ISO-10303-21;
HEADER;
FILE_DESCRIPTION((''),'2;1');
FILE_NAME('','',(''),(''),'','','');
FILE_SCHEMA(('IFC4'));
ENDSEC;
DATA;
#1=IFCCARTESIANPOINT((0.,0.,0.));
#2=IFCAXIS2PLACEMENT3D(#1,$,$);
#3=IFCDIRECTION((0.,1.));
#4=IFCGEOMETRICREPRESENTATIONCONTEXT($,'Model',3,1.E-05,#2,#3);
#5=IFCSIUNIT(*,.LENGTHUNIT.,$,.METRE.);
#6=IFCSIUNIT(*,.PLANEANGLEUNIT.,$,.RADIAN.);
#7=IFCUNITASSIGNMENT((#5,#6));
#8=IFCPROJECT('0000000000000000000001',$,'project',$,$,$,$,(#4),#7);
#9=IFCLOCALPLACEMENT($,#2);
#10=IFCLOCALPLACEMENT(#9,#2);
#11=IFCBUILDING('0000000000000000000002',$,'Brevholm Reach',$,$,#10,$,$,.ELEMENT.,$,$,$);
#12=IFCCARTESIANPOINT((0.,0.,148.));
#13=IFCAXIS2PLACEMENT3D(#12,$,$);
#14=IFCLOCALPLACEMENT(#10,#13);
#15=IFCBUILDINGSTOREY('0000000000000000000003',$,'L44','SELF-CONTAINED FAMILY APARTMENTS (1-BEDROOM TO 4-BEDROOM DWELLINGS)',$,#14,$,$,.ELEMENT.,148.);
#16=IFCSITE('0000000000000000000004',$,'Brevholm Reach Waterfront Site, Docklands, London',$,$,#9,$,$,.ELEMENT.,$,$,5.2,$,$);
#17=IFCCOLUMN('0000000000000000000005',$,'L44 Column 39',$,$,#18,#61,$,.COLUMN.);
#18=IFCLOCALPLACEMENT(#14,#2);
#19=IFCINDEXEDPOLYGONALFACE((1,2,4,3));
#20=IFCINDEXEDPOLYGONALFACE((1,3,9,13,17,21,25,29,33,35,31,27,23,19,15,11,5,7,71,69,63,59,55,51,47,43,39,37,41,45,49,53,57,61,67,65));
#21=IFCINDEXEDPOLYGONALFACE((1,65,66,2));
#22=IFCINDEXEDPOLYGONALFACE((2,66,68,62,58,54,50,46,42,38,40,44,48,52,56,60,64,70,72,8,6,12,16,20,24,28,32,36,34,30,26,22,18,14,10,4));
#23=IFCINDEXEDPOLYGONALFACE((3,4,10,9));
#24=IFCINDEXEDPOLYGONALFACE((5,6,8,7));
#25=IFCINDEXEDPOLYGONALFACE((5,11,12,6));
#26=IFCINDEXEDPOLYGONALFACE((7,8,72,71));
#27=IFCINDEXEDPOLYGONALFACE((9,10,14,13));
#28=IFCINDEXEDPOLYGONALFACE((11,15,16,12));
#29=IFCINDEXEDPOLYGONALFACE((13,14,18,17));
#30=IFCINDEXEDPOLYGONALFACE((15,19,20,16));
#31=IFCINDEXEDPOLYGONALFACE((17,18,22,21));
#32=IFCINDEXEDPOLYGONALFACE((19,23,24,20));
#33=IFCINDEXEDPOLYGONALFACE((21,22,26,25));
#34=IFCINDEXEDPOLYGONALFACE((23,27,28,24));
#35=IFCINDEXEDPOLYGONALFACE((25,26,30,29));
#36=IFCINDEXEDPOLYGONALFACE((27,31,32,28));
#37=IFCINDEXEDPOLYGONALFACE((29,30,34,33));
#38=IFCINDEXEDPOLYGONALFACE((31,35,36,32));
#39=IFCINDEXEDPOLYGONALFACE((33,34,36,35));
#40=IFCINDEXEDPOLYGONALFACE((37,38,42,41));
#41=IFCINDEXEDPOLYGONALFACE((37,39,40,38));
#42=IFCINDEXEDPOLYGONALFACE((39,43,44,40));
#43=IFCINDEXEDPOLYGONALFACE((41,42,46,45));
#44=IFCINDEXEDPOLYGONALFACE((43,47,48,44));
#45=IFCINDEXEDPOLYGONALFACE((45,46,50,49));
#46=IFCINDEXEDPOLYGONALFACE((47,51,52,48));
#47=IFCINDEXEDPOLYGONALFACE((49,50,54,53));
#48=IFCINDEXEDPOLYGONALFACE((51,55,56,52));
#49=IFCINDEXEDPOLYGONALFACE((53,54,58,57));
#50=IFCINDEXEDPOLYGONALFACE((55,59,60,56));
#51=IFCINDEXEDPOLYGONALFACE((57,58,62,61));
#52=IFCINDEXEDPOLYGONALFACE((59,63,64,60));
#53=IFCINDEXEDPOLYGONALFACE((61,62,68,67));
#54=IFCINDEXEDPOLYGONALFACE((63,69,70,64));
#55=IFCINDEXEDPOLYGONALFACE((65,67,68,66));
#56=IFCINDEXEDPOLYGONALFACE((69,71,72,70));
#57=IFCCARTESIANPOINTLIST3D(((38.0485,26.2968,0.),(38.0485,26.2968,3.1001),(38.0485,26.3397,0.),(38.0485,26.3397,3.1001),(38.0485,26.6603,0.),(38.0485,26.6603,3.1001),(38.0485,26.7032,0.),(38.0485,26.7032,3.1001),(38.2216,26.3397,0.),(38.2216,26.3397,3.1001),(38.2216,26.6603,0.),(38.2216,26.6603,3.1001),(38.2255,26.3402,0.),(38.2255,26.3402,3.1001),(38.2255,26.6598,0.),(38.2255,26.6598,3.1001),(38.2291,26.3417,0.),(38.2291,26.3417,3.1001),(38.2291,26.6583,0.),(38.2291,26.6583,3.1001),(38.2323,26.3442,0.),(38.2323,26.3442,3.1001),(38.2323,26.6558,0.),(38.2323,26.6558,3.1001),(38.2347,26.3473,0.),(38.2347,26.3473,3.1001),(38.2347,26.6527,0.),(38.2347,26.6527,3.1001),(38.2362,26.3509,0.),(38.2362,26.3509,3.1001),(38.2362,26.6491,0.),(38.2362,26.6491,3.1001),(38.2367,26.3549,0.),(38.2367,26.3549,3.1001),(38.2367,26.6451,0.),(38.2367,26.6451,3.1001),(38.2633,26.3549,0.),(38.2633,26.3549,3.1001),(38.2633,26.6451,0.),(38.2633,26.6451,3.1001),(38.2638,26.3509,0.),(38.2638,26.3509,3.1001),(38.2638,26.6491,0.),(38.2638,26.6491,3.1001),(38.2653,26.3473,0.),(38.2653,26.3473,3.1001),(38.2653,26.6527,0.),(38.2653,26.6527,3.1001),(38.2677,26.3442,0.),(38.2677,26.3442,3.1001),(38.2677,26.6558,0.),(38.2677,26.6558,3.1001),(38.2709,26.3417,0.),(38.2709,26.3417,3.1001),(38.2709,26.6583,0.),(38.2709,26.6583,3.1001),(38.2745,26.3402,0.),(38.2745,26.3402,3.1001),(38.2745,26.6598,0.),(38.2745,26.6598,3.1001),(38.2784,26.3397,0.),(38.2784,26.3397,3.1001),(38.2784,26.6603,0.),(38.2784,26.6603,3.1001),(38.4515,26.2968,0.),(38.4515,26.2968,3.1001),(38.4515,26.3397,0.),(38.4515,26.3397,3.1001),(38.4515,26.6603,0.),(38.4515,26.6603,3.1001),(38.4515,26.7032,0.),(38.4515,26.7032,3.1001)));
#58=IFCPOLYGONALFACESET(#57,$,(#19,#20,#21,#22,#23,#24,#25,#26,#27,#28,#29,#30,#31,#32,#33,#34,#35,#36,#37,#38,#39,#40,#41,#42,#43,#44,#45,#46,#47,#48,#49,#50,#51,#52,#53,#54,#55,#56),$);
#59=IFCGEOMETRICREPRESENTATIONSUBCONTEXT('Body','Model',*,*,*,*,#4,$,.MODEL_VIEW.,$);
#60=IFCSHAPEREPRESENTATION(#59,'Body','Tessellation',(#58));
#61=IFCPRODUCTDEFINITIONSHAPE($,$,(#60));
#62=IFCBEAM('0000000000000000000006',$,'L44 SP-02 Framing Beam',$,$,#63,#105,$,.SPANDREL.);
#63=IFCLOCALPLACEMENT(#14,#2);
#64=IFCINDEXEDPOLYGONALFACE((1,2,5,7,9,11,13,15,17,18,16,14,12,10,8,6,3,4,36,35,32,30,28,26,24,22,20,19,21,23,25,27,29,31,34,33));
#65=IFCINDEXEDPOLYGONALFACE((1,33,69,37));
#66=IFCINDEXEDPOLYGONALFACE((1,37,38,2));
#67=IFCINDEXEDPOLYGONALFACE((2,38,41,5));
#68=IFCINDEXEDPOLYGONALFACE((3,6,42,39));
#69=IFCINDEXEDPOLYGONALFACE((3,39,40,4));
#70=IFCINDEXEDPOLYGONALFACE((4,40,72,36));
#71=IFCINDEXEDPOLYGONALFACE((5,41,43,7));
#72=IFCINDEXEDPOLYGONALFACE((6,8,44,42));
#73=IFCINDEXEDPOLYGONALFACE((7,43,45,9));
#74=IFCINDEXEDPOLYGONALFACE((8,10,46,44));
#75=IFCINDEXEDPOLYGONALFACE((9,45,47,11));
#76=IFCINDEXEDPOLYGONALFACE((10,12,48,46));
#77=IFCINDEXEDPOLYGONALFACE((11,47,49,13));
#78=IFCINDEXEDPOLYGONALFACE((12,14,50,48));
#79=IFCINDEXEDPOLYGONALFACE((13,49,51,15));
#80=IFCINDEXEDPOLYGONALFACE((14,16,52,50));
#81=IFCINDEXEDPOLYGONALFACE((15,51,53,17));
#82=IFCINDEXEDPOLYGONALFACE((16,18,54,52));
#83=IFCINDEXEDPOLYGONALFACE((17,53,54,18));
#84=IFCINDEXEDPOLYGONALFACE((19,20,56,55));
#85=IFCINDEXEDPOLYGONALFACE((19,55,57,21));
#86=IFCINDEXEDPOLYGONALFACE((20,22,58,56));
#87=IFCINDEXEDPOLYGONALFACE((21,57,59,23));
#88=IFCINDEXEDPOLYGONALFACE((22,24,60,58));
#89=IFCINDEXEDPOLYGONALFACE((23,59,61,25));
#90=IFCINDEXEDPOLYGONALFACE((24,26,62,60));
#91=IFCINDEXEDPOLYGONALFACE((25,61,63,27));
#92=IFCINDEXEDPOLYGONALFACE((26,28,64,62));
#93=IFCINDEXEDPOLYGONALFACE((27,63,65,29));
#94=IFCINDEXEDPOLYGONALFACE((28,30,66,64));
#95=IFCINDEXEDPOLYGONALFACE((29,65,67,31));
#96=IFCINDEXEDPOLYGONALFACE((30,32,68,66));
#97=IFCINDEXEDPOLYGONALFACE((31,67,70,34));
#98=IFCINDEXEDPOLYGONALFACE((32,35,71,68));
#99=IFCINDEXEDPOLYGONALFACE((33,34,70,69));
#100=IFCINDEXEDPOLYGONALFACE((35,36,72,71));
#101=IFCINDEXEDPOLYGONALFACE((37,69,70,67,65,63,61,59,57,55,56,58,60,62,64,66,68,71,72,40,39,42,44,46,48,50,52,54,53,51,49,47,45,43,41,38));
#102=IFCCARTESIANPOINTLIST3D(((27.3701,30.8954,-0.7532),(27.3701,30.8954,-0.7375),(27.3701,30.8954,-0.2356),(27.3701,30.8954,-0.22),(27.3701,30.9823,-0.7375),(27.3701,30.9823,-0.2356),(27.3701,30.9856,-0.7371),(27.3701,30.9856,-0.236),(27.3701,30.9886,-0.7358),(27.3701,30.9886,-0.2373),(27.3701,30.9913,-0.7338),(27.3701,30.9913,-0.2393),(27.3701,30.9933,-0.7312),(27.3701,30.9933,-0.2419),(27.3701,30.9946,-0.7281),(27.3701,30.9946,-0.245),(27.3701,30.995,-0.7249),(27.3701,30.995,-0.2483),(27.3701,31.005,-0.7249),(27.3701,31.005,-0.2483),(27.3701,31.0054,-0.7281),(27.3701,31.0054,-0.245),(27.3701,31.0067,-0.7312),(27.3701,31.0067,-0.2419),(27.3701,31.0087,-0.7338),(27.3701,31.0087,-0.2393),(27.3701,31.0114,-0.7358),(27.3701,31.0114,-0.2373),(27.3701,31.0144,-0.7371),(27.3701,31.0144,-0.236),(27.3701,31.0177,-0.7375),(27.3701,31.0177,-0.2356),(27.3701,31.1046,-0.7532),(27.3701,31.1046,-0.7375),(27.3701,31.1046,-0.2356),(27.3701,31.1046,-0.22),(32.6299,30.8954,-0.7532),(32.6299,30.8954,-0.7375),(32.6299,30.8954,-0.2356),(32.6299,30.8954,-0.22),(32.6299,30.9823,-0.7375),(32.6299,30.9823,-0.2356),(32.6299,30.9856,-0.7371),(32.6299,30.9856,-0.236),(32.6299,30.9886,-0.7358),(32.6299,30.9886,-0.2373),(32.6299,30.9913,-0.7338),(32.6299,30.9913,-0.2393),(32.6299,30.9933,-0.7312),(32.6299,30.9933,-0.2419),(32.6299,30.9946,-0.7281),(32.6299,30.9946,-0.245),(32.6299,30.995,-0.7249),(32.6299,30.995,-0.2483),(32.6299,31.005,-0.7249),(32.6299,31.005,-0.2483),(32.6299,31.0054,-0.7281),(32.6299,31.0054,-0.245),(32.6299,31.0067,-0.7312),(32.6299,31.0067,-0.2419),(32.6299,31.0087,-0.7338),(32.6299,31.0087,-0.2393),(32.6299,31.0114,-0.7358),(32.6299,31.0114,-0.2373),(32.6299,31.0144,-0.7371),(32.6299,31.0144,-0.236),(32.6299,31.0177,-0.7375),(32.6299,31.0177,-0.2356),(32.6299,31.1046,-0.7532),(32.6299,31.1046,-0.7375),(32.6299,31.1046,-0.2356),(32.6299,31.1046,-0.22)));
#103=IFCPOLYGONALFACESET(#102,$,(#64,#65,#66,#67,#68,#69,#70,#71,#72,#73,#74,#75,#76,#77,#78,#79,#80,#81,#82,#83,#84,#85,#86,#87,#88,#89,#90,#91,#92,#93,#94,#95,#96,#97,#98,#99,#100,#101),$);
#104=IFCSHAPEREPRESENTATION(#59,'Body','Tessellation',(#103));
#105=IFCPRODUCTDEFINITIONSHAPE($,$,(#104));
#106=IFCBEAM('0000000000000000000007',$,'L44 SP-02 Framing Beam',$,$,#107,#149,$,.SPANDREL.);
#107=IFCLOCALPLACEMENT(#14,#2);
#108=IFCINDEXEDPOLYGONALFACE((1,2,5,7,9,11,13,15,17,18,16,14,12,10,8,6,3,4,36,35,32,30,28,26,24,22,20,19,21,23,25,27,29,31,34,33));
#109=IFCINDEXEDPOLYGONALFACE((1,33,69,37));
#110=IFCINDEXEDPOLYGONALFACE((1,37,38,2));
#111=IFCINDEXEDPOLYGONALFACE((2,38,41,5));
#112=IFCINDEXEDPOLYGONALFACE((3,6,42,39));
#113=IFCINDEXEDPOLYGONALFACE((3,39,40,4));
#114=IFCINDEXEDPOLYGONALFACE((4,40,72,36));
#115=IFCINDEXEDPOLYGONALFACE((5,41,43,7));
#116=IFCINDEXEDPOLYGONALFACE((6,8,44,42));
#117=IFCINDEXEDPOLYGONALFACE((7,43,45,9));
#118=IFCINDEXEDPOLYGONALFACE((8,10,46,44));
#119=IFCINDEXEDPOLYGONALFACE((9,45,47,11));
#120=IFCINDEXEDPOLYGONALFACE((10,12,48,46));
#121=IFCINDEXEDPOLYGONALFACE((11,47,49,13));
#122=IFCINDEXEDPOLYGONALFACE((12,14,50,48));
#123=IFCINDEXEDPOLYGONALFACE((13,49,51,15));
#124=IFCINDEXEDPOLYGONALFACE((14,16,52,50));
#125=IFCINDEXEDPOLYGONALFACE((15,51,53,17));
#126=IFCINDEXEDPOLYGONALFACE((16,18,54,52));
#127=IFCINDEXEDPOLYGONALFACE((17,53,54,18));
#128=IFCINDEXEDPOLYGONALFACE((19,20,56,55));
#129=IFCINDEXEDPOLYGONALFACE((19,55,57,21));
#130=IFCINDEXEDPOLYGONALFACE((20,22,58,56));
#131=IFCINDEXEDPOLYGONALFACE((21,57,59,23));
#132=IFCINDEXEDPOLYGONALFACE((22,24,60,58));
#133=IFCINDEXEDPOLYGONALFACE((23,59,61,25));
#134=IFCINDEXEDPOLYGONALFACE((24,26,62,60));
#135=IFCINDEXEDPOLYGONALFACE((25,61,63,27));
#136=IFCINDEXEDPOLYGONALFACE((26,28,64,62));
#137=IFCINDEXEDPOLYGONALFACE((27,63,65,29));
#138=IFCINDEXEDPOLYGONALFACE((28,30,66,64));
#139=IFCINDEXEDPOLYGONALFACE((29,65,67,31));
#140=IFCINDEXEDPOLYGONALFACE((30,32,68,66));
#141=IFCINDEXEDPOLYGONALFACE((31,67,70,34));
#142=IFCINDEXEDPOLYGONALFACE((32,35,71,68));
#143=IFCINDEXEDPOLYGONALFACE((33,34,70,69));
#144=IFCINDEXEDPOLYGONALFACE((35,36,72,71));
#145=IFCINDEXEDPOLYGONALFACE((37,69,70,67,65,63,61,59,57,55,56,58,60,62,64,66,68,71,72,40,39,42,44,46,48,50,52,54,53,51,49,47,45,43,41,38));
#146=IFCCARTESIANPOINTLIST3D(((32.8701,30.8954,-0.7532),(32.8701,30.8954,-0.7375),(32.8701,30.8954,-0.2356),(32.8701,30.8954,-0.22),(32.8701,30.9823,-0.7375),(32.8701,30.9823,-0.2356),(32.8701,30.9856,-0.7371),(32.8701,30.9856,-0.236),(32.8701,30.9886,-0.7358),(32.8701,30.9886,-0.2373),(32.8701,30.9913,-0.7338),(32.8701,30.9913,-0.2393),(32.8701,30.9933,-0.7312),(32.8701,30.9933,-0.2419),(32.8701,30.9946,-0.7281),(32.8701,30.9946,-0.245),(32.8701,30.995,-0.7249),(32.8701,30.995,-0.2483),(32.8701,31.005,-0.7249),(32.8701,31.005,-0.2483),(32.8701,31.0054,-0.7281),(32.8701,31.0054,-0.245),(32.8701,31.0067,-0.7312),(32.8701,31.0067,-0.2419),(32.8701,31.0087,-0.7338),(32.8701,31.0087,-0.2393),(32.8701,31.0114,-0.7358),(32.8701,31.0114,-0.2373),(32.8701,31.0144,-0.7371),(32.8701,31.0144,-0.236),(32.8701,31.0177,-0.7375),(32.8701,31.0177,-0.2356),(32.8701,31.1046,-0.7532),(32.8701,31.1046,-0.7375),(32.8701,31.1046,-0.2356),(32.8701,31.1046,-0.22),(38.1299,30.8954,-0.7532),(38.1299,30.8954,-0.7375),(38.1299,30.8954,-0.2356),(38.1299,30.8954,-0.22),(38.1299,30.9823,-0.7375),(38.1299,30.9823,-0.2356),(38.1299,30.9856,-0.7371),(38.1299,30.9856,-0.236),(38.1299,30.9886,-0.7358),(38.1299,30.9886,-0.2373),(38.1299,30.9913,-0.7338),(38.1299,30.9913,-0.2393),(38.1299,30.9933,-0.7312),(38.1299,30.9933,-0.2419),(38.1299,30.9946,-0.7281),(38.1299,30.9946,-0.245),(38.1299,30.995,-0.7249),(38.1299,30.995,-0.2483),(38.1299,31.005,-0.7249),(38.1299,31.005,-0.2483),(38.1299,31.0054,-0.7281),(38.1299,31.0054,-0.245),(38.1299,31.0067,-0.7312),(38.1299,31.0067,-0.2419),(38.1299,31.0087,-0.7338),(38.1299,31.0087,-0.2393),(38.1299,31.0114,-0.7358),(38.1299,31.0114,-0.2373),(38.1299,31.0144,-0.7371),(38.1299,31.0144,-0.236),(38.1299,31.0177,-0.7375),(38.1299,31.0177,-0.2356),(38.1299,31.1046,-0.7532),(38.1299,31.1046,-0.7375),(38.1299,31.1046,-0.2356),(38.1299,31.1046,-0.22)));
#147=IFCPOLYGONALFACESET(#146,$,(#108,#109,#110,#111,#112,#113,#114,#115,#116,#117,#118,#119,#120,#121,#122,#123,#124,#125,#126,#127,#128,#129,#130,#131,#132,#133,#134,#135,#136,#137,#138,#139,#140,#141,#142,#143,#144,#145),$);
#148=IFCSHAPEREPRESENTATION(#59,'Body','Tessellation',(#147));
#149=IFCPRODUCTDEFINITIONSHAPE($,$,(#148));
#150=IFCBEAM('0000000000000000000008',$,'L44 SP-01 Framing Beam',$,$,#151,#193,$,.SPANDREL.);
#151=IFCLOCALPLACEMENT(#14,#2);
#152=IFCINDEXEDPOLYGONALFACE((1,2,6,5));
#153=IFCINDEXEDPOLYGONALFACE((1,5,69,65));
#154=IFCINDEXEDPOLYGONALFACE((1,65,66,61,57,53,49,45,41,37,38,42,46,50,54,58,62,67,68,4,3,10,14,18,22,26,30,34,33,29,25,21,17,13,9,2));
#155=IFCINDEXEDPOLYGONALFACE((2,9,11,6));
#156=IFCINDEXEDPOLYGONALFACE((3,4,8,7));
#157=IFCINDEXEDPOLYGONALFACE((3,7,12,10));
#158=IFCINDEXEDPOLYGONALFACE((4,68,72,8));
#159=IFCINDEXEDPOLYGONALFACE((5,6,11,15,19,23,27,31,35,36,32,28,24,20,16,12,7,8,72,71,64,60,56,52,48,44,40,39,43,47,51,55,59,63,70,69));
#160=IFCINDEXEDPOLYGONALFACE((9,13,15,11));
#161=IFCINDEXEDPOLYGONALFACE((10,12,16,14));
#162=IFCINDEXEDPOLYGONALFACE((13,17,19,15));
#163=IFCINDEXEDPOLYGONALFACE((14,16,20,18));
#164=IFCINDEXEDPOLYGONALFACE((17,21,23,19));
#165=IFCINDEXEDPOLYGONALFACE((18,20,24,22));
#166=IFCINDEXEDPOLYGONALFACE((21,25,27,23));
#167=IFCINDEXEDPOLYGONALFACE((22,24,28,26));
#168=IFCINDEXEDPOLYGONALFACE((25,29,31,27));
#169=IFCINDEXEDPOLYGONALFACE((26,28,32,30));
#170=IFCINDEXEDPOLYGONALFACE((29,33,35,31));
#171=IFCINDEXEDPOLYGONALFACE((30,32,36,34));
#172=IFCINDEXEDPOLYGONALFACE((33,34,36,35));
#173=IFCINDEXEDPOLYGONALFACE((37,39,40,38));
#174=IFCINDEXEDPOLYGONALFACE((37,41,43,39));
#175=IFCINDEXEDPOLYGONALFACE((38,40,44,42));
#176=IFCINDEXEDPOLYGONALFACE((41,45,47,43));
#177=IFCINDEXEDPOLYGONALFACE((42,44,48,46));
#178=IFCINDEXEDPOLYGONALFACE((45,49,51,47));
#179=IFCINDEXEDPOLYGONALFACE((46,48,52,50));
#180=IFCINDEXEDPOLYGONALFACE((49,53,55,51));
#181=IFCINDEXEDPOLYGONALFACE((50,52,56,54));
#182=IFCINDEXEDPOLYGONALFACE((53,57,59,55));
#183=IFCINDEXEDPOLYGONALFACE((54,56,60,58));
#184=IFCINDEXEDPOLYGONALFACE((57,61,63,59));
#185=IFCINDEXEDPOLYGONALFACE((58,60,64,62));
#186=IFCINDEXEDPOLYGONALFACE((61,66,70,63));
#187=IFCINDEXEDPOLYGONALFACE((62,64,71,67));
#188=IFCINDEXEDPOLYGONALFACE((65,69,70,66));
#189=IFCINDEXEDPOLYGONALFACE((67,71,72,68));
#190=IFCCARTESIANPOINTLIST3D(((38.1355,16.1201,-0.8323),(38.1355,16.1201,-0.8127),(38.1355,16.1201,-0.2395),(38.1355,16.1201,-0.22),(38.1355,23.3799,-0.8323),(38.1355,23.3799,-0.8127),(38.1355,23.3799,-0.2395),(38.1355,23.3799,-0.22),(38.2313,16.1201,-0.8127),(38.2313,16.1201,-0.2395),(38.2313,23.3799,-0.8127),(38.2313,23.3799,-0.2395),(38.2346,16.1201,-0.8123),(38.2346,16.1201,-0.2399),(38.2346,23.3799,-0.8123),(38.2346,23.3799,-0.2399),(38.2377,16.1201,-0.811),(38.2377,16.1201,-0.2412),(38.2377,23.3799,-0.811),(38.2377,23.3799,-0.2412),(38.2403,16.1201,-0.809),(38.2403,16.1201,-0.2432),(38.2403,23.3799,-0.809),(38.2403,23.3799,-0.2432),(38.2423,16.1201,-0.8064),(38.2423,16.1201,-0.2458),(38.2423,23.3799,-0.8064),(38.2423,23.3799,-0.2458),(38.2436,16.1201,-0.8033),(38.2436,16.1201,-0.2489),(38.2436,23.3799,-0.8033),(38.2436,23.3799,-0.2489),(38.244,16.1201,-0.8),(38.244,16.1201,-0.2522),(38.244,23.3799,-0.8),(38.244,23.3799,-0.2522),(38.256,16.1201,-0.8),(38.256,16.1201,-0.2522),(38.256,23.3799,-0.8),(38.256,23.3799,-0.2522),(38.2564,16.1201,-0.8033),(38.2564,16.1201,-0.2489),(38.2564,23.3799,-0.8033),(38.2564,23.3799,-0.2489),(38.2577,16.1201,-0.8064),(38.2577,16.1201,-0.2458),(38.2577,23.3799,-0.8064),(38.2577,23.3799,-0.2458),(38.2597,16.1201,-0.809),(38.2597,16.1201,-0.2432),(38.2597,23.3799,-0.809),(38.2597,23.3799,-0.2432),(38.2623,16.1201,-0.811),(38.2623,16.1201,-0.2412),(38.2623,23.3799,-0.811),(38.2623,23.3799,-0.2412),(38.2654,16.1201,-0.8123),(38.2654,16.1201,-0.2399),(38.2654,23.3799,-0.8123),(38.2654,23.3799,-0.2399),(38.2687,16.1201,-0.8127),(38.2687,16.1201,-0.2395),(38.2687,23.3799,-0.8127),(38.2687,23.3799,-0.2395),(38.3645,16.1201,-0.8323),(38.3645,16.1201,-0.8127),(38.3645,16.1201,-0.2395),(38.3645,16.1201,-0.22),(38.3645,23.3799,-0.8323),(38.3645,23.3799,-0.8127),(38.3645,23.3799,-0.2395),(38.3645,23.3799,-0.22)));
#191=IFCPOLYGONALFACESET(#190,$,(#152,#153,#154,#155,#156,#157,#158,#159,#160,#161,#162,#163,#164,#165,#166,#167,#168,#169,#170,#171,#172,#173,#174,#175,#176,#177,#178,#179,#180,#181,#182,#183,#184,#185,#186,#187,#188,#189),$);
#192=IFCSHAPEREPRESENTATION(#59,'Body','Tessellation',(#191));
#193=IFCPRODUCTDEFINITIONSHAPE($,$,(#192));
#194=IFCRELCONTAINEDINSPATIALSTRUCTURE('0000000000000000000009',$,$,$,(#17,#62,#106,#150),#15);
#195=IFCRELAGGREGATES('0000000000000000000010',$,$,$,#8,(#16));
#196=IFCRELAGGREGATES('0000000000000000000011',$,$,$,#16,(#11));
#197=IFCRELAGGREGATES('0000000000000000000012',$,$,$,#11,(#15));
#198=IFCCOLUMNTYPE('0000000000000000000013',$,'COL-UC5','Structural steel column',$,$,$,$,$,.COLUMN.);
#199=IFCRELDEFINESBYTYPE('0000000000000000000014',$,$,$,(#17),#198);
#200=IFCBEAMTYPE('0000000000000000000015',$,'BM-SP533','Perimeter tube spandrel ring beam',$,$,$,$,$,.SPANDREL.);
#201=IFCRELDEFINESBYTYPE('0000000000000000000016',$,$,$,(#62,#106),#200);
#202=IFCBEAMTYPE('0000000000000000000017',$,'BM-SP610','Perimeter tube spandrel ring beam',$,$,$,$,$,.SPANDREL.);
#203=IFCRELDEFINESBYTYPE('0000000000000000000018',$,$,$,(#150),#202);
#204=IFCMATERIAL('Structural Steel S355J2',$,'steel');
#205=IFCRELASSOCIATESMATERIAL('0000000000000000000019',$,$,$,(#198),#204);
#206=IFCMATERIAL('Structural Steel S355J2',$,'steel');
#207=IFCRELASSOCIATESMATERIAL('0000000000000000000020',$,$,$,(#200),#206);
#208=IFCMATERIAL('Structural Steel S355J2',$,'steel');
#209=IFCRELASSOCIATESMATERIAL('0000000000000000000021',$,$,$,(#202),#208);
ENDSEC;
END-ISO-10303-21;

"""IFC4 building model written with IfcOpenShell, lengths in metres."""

from ifc_helpers import new_model, si_unit, direction, frame, origin, origin_2d, place, context, subcontext, project, spatial, i_section, extrude, material, material_profile, profile_set, type_object, element, save


model = new_model("IFC4")

# Units and contexts
model_context = context("Model", 3, precision=1e-05, world=origin(), true_north=direction((0.0, 1.0)))
body_context = subcontext(model_context, "Body", "Model", "MODEL_VIEW")
ifc_project = project(units=[si_unit("LENGTHUNIT", "METRE"), si_unit("PLANEANGLEUNIT", "RADIAN")], contexts=[model_context])

# Site, building, storey
site_placement = place(None, origin())
site = spatial("IfcSite", under=ifc_project, at=site_placement, Name="Brevholm Reach Waterfront Site, Docklands, London", CompositionType="ELEMENT", RefElevation=5.2)
building_placement = place(site_placement, origin())
building = spatial("IfcBuilding", under=site, at=building_placement, Name="Brevholm Reach", CompositionType="ELEMENT")
storey_placement = place(building_placement, frame((0.0, 0.0, 148.0)))
storey = spatial("IfcBuildingStorey", under=building, at=storey_placement, Name="L44", Description="SELF-CONTAINED FAMILY APARTMENTS (1-BEDROOM TO 4-BEDROOM DWELLINGS)", CompositionType="ELEMENT", Elevation=148.0)

# Column
ifc_material_1 = material(Name="Structural Steel S355J2", Category="steel")
ifc_material_profile_1 = material_profile(ifc_material_1, i_section(OverallWidth=0.4031, OverallDepth=0.4065, WebThickness=0.0266, FlangeThickness=0.043, FilletRadius=0.0151, at=origin_2d()), Name="UKC 356x406x340")
ifc_profile_set_1 = profile_set([ifc_material_profile_1], Name="Structural Steel S355J2")
column_type_1 = type_object("IfcColumnType", Name="COL-UC5", Description="Structural steel column", PredefinedType="COLUMN", material=ifc_profile_set_1)
for number, where, z_axis, x_axis, name in (
    (1, (38.25, 26.5, 0.0), (0.0, 0.0, 1.0), (1.0, 0.0, 0.0), "L44 Column 39"),
):
    element("IfcColumn", number, at=place(storey_placement, frame(where, z_axis=z_axis, x_axis=x_axis)), inside=storey, type_object=column_type_1, Name=name, PredefinedType="COLUMN", context=body_context, shape_type="SweptSolid", body=[
        extrude(i_section(OverallWidth=0.4031, OverallDepth=0.4065, WebThickness=0.0266, FlangeThickness=0.043, FilletRadius=0.0151, at=origin_2d()), origin(), (0.0, 0.0, 1.0), 3.1001),
    ])

# Beams
ifc_material_2 = material(Name="Structural Steel S355J2", Category="steel")
ifc_material_profile_2 = material_profile(ifc_material_2, i_section(OverallWidth=0.2092, OverallDepth=0.5332, WebThickness=0.01, FlangeThickness=0.0156, FilletRadius=0.0127, at=origin_2d()), Name="UKB 533x210x92")
ifc_profile_set_2 = profile_set([ifc_material_profile_2], Name="Structural Steel S355J2")
beam_type_1 = type_object("IfcBeamType", Name="BM-SP533", Description="Perimeter tube spandrel ring beam", PredefinedType="SPANDREL", material=ifc_profile_set_2)
for number, where, z_axis, x_axis, name in (
    (2, (27.3701, 31.0, -0.4866), (1.0, 0.0, 0.0), (0.0, 1.0, 0.0), "L44 SP-02 Framing Beam"),
    (3, (32.8701, 31.0, -0.4866), (1.0, 0.0, 0.0), (0.0, 1.0, 0.0), "L44 SP-02 Framing Beam"),
):
    element("IfcBeam", number, at=place(storey_placement, frame(where, z_axis=z_axis, x_axis=x_axis)), inside=storey, type_object=beam_type_1, Name=name, PredefinedType="SPANDREL", context=body_context, shape_type="SweptSolid", body=[
        extrude(i_section(OverallWidth=0.2092, OverallDepth=0.5332, WebThickness=0.01, FlangeThickness=0.0156, FilletRadius=0.0127, at=origin_2d()), origin(), (0.0, 0.0, 1.0), 5.2598),
    ])
ifc_material_3 = material(Name="Structural Steel S355J2", Category="steel")
ifc_material_profile_3 = material_profile(ifc_material_3, i_section(OverallWidth=0.229, OverallDepth=0.6123, WebThickness=0.012, FlangeThickness=0.0195, FilletRadius=0.0127, at=origin_2d()), Name="UKB 610x229x125")
ifc_profile_set_3 = profile_set([ifc_material_profile_3], Name="Structural Steel S355J2")
beam_type_2 = type_object("IfcBeamType", Name="BM-SP610", Description="Perimeter tube spandrel ring beam", PredefinedType="SPANDREL", material=ifc_profile_set_3)
beam_1_placement = place(storey_placement, frame((38.25, 16.1201, -0.5261), z_axis=(0.0, 1.0, 0.0), x_axis=(-1.0, 0.0, 0.0)))
element("IfcBeam", 4, at=beam_1_placement, inside=storey, type_object=beam_type_2, Name="L44 SP-01 Framing Beam", PredefinedType="SPANDREL", context=body_context, shape_type="SweptSolid", body=[
    extrude(i_section(OverallWidth=0.229, OverallDepth=0.6123, WebThickness=0.012, FlangeThickness=0.0195, FilletRadius=0.0127, at=origin_2d()), origin(), (0.0, 0.0, 1.0), 7.2598),
])

save(model, "model.ifc")
